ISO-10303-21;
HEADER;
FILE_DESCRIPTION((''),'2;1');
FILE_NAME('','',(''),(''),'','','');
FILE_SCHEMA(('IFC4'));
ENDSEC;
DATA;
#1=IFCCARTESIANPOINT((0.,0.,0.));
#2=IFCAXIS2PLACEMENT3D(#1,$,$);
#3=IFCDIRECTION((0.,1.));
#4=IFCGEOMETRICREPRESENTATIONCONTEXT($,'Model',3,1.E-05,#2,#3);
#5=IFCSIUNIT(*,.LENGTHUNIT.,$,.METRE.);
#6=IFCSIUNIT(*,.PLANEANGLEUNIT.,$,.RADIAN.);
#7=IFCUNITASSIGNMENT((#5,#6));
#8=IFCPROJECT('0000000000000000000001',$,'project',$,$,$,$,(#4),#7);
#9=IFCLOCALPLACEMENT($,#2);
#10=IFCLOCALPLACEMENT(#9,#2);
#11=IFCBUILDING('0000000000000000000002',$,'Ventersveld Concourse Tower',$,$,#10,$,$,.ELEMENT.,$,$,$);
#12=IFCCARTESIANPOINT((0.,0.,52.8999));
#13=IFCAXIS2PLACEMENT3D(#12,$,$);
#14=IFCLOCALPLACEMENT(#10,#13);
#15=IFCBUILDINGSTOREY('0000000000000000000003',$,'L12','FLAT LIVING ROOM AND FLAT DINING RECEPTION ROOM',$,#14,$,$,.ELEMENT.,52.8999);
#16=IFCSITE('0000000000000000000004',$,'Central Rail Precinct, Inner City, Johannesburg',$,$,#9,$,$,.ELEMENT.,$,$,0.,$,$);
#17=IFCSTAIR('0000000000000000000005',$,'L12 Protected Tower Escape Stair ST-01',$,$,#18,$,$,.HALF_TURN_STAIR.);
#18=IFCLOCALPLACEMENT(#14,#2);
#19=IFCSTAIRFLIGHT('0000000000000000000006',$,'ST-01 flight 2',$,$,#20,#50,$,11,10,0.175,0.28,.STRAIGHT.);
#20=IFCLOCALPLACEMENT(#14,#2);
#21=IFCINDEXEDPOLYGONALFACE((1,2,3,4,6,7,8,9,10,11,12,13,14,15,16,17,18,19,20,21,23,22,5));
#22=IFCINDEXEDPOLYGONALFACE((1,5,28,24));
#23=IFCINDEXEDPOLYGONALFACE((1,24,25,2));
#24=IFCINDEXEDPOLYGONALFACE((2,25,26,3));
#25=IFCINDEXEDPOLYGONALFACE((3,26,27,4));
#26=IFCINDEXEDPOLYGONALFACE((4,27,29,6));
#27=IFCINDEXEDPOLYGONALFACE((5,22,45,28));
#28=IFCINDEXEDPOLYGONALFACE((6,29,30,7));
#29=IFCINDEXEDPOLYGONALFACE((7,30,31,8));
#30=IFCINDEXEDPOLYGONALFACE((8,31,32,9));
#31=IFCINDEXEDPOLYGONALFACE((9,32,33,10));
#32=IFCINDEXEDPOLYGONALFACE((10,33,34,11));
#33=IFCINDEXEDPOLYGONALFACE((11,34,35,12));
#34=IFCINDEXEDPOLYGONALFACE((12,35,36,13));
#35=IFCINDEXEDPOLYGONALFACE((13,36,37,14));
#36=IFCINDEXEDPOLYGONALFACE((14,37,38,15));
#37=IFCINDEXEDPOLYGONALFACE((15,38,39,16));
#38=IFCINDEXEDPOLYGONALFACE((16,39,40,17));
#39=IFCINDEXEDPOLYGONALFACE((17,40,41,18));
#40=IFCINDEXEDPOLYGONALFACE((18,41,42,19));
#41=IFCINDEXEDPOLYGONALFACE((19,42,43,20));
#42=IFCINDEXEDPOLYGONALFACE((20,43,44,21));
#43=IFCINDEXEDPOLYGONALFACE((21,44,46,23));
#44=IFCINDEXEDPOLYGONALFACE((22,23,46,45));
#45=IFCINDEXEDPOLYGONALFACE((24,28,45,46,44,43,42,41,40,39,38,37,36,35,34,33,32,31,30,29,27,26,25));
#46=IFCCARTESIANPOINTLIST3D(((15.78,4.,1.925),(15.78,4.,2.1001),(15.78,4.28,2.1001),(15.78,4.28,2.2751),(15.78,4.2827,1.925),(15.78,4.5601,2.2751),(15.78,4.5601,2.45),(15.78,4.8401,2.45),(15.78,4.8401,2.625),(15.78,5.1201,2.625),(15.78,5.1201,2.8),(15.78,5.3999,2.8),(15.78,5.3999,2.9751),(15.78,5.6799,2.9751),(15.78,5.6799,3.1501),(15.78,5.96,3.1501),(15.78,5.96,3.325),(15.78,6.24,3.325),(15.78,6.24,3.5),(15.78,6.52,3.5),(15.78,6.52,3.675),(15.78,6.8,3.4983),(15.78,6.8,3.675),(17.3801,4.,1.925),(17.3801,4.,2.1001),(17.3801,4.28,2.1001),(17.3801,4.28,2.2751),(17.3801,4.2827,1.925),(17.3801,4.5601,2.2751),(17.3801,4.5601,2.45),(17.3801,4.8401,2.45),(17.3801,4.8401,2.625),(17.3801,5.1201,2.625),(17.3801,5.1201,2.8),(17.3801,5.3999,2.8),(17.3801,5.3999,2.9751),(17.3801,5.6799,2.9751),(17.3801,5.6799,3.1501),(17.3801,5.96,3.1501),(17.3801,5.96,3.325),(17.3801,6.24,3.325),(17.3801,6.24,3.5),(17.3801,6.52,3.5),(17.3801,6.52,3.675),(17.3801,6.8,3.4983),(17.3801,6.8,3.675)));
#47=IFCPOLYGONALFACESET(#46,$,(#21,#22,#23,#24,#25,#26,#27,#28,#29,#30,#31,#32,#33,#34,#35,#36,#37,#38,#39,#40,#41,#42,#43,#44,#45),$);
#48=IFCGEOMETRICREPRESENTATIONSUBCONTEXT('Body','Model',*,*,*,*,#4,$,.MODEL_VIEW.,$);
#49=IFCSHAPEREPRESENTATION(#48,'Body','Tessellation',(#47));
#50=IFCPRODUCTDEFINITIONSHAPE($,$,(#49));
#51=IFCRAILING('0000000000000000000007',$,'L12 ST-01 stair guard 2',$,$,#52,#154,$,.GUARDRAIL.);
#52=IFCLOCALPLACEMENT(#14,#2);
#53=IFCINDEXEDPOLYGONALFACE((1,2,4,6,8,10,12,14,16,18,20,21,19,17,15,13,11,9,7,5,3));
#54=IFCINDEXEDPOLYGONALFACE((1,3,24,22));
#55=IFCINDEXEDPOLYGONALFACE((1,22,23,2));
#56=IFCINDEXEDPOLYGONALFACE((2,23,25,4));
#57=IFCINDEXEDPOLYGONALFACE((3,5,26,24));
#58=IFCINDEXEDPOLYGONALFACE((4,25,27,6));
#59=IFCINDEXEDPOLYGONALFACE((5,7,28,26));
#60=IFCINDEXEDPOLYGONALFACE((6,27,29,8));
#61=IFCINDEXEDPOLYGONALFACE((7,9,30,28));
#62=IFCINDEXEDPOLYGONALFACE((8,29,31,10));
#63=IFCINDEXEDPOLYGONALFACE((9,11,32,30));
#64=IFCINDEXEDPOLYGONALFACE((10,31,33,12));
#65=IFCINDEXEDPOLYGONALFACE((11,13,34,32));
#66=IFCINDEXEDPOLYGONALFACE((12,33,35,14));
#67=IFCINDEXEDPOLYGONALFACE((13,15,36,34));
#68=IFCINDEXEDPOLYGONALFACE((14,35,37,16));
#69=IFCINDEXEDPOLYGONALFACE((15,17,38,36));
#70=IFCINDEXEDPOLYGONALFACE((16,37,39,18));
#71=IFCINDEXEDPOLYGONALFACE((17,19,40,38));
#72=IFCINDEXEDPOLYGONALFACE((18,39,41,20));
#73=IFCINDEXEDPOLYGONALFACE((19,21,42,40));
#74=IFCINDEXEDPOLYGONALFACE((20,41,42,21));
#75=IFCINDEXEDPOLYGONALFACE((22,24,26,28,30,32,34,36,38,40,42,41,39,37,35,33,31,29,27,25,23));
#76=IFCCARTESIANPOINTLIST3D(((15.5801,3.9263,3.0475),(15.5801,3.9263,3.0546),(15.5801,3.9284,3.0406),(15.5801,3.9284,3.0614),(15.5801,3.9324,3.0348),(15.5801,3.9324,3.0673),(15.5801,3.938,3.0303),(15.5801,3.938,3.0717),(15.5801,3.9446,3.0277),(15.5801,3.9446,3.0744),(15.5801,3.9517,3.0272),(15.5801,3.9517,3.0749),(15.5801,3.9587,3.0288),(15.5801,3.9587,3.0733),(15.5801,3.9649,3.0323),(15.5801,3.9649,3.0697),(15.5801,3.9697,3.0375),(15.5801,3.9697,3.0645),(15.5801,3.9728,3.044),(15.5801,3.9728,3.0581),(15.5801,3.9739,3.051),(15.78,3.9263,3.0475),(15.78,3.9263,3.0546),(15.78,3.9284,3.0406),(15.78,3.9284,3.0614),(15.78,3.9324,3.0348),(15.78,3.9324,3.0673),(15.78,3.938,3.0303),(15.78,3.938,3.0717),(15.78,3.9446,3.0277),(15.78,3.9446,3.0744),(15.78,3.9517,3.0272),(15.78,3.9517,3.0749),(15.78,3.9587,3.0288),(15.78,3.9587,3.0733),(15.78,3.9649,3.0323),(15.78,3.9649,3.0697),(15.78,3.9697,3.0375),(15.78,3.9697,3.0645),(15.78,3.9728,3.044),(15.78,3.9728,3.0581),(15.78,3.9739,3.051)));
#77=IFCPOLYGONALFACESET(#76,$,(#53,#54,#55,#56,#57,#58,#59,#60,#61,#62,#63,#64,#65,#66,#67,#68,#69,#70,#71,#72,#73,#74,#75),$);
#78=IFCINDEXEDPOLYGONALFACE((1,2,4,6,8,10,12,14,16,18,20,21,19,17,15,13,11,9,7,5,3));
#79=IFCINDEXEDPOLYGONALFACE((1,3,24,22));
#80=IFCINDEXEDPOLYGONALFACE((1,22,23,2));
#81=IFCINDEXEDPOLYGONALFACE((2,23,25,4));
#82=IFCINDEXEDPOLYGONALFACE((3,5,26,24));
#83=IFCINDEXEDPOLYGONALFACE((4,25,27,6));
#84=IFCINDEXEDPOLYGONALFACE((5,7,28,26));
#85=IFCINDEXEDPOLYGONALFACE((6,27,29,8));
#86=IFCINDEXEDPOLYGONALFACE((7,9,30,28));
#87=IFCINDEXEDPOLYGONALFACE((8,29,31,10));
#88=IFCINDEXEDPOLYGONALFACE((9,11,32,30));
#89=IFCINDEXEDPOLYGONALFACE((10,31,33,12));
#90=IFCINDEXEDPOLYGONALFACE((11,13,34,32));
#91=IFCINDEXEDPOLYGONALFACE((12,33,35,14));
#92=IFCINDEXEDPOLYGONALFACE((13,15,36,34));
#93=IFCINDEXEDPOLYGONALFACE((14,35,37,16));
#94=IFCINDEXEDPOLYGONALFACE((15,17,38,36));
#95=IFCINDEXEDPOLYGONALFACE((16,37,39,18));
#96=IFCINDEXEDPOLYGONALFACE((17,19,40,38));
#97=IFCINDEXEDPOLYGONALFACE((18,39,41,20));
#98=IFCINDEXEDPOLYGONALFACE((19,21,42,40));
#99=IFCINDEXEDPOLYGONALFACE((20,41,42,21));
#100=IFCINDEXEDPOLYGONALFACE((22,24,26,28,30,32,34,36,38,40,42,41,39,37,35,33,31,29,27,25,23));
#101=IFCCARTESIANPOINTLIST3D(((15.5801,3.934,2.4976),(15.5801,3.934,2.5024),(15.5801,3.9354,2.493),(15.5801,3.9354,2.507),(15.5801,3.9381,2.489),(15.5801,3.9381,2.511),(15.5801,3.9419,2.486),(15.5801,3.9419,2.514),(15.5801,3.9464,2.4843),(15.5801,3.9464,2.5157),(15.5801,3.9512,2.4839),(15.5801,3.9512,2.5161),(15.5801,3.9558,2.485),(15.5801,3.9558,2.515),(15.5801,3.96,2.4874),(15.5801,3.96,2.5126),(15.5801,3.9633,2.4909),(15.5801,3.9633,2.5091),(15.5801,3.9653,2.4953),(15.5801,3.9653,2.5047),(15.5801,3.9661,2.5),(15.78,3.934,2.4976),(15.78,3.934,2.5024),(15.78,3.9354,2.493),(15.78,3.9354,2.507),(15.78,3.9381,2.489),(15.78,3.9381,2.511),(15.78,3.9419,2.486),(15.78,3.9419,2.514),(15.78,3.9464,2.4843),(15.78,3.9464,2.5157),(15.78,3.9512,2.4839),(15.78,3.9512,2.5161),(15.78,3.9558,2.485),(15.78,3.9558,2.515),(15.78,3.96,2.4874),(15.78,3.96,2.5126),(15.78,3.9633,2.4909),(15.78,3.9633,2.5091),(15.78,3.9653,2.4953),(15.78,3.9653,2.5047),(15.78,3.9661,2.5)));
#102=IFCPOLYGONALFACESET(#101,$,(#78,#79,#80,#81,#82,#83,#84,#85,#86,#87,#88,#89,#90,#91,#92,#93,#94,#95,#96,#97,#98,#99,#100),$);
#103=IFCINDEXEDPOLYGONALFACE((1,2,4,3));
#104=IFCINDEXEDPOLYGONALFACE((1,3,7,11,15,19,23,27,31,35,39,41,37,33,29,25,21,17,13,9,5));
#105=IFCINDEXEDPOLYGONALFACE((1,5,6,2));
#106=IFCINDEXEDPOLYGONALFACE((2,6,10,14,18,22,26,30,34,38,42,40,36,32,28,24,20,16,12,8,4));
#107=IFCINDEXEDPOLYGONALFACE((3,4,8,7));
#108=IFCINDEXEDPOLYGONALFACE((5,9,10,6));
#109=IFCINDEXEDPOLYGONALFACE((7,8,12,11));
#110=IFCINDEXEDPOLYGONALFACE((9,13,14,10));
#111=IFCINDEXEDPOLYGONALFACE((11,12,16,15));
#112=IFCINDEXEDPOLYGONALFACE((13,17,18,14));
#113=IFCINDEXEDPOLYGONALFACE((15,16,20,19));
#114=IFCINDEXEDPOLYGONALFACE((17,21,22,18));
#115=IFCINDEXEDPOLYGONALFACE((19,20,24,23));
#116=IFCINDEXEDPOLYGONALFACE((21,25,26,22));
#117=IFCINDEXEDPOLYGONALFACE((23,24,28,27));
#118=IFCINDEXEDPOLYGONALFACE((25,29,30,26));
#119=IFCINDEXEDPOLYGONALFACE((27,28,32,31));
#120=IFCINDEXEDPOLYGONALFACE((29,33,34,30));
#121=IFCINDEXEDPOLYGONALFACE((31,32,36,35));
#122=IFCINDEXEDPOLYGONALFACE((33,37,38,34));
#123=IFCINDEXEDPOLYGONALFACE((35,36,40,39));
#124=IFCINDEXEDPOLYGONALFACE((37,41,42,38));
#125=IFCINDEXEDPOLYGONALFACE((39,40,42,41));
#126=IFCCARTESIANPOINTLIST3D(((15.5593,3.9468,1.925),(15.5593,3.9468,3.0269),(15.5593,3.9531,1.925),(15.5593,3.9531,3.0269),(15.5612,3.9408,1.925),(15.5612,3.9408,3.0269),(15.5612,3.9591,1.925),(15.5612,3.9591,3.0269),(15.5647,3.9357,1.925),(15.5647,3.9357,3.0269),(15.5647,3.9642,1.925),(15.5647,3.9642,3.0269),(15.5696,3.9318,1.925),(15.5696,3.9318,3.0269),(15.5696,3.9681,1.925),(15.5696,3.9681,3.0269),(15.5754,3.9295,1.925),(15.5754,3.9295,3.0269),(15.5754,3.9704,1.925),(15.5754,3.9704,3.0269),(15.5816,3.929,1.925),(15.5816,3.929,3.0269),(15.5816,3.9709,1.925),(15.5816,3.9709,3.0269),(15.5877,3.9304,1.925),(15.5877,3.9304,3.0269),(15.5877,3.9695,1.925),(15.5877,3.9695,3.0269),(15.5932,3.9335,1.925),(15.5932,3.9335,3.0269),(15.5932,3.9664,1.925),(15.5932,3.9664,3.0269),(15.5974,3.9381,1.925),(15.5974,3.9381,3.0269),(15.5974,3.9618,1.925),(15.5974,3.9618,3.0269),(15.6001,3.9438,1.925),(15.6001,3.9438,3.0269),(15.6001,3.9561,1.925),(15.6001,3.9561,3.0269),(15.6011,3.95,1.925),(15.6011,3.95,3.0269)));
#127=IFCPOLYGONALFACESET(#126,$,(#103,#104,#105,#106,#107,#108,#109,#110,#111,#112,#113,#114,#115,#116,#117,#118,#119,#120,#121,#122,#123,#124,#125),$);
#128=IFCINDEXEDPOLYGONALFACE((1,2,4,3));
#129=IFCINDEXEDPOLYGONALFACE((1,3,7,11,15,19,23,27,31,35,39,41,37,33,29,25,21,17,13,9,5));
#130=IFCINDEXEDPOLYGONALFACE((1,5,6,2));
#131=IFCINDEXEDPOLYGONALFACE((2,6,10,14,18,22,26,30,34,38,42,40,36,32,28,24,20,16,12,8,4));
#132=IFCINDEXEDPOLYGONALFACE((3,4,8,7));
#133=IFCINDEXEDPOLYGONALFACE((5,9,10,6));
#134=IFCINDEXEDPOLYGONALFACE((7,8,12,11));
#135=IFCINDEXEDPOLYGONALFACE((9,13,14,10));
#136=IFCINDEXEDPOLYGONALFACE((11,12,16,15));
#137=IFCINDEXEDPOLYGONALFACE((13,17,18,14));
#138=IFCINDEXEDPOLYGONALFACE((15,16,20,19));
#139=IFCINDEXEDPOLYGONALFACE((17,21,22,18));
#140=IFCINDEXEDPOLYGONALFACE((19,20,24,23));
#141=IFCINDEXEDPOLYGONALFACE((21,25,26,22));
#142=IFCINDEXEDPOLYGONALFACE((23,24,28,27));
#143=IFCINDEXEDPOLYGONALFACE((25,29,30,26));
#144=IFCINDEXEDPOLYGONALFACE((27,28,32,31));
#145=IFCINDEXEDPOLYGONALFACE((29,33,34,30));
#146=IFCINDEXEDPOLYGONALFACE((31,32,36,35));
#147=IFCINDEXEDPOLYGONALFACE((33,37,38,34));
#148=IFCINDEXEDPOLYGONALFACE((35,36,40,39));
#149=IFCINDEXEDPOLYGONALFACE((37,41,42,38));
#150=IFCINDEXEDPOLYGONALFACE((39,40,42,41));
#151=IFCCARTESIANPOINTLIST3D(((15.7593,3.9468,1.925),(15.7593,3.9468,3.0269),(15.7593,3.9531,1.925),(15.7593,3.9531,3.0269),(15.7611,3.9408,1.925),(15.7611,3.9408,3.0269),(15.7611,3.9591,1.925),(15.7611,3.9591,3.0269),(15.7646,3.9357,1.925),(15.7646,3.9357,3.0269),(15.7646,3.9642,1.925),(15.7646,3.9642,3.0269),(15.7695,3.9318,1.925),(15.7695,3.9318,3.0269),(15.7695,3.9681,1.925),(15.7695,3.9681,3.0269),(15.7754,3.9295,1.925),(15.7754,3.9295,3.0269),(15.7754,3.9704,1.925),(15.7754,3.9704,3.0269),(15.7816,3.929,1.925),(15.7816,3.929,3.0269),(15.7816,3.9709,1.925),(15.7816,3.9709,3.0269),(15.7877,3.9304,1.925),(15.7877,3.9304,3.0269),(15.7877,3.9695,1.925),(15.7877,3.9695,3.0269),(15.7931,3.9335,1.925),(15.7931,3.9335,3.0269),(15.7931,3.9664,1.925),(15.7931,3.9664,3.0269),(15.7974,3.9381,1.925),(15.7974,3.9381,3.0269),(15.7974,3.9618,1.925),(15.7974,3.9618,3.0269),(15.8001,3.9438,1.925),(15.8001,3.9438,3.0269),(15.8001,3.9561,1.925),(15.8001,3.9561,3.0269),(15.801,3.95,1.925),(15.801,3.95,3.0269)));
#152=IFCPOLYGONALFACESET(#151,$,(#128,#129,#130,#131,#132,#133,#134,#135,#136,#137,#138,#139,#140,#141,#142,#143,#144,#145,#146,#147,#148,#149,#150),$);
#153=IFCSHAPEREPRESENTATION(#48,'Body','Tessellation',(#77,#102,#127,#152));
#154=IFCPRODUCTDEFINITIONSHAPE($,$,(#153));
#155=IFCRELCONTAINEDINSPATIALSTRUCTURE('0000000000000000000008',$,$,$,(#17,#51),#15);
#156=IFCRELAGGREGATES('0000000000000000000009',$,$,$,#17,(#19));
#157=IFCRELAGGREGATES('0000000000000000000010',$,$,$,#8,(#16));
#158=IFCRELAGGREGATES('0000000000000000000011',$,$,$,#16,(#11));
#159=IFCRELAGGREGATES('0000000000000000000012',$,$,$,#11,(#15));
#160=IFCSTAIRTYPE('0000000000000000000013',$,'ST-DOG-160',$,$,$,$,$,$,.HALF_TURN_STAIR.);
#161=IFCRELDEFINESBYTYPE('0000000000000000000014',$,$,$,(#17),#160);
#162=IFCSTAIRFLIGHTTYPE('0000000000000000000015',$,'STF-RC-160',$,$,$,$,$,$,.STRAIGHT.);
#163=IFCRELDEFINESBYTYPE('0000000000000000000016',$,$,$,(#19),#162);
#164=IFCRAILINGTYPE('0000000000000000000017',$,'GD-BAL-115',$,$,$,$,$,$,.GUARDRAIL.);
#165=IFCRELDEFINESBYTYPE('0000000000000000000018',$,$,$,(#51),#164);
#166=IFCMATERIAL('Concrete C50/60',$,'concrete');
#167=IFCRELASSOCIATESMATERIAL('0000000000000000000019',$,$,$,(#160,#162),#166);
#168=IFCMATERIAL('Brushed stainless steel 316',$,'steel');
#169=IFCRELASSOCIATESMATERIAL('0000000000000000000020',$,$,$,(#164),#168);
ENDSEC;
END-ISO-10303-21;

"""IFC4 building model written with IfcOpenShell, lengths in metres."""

from ifc_helpers import new_model, si_unit, direction, frame, origin, origin_2d, place, context, subcontext, project, spatial, polyline, circle, outline, extrude, material, type_object, element, aggregate, save


model = new_model("IFC4")

# Units and contexts
model_context = context("Model", 3, precision=1e-05, world=origin(), true_north=direction((0.0, 1.0)))
body_context = subcontext(model_context, "Body", "Model", "MODEL_VIEW")
ifc_project = project(units=[si_unit("LENGTHUNIT", "METRE"), si_unit("PLANEANGLEUNIT", "RADIAN")], contexts=[model_context])

# Site, building, storey
site_placement = place(None, origin())
site = spatial("IfcSite", under=ifc_project, at=site_placement, Name="Central Rail Precinct, Inner City, Johannesburg", CompositionType="ELEMENT", RefElevation=0.0)
building_placement = place(site_placement, origin())
building = spatial("IfcBuilding", under=site, at=building_placement, Name="Ventersveld Concourse Tower", CompositionType="ELEMENT")
storey_placement = place(building_placement, frame((0.0, 0.0, 52.8999)))
storey = spatial("IfcBuildingStorey", under=building, at=storey_placement, Name="L12", Description="FLAT LIVING ROOM AND FLAT DINING RECEPTION ROOM", CompositionType="ELEMENT", Elevation=52.8999)

# Shared definitions
ifc_material_1 = material(Name="Concrete C50/60", Category="concrete")

# Shared definitions
ifc_material_2 = material(Name="Brushed stainless steel 316", Category="steel")

# Stair, stair flight
stair_type = type_object("IfcStairType", Name="ST-DOG-160", PredefinedType="HALF_TURN_STAIR", material=ifc_material_1)
stair_placement = place(storey_placement, origin())
stair = element("IfcStair", 1, at=stair_placement, inside=storey, type_object=stair_type, Name="L12 Protected Tower Escape Stair ST-01", PredefinedType="HALF_TURN_STAIR")
stair_flight_type = type_object("IfcStairFlightType", Name="STF-RC-160", PredefinedType="STRAIGHT", material=ifc_material_1)
stair_flight_placement = place(storey_placement, frame((16.5801, 4.0, 1.925), z_axis=(0.0, 0.0, 1.0), x_axis=(0.0, 1.0, 0.0)))
stair_flight = element("IfcStairFlight", 2, at=stair_flight_placement, type_object=stair_flight_type, Name="ST-01 flight 2", NumberOfRisers=11, NumberOfTreads=10, PredefinedType="STRAIGHT", RiserHeight=0.175, TreadLength=0.28, context=body_context, shape_type="SweptSolid", body=[
    extrude(outline(polyline([(0.0, 0.0), (0.0, 0.175), (0.28, 0.175), (0.28, 0.3501), (0.5601, 0.3501), (0.5601, 0.5249), (0.8401, 0.5249), (0.8401, 0.7), (1.1201, 0.7), (1.1201, 0.875), (1.3999, 0.875), (1.3999, 1.05), (1.6799, 1.05), (1.6799, 1.2251), (1.96, 1.2251), (1.96, 1.3999), (2.24, 1.3999), (2.24, 1.575), (2.52, 1.575), (2.52, 1.75), (2.8, 1.75), (2.8, 1.925), (2.8, 1.5732), (0.2827, 0.0), (0.0, 0.0)])), frame((0.0, 0.8, 0.0), z_axis=(0.0, -1.0, 0.0), x_axis=(1.0, 0.0, 0.0)), (0.0, 0.0, 1.0), 1.6001),
])
aggregate(stair, [stair_flight])

# Railing
railing_type_1 = type_object("IfcRailingType", Name="GD-BAL-115", PredefinedType="GUARDRAIL", material=ifc_material_2)
railing_1_placement = place(storey_placement, frame((15.5801, 3.95, 1.925)))
element("IfcRailing", 3, at=railing_1_placement, inside=storey, type_object=railing_type_1, Name="L12 ST-01 stair guard 2", PredefinedType="GUARDRAIL", context=body_context, shape_type="SweptSolid", body=[
    extrude(circle(Radius=0.0239, at=origin_2d()), frame((0.0, 0.0, 1.126), z_axis=(1.0, 0.0, 0.0), x_axis=(0.0, 1.0, 0.0)), (0.0, 0.0, 1.0), 0.2),
    extrude(circle(Radius=0.0161, at=origin_2d()), frame((0.0, 0.0, 0.575), z_axis=(1.0, 0.0, 0.0), x_axis=(0.0, 1.0, 0.0)), (0.0, 0.0, 1.0), 0.2),
    extrude(circle(Radius=0.021, at=origin_2d()), origin(), (0.0, 0.0, 1.0), 1.1018),
    extrude(circle(Radius=0.021, at=origin_2d()), frame((0.2, 0.0, 0.0)), (0.0, 0.0, 1.0), 1.1018),
])

save(model, "model.ifc")
